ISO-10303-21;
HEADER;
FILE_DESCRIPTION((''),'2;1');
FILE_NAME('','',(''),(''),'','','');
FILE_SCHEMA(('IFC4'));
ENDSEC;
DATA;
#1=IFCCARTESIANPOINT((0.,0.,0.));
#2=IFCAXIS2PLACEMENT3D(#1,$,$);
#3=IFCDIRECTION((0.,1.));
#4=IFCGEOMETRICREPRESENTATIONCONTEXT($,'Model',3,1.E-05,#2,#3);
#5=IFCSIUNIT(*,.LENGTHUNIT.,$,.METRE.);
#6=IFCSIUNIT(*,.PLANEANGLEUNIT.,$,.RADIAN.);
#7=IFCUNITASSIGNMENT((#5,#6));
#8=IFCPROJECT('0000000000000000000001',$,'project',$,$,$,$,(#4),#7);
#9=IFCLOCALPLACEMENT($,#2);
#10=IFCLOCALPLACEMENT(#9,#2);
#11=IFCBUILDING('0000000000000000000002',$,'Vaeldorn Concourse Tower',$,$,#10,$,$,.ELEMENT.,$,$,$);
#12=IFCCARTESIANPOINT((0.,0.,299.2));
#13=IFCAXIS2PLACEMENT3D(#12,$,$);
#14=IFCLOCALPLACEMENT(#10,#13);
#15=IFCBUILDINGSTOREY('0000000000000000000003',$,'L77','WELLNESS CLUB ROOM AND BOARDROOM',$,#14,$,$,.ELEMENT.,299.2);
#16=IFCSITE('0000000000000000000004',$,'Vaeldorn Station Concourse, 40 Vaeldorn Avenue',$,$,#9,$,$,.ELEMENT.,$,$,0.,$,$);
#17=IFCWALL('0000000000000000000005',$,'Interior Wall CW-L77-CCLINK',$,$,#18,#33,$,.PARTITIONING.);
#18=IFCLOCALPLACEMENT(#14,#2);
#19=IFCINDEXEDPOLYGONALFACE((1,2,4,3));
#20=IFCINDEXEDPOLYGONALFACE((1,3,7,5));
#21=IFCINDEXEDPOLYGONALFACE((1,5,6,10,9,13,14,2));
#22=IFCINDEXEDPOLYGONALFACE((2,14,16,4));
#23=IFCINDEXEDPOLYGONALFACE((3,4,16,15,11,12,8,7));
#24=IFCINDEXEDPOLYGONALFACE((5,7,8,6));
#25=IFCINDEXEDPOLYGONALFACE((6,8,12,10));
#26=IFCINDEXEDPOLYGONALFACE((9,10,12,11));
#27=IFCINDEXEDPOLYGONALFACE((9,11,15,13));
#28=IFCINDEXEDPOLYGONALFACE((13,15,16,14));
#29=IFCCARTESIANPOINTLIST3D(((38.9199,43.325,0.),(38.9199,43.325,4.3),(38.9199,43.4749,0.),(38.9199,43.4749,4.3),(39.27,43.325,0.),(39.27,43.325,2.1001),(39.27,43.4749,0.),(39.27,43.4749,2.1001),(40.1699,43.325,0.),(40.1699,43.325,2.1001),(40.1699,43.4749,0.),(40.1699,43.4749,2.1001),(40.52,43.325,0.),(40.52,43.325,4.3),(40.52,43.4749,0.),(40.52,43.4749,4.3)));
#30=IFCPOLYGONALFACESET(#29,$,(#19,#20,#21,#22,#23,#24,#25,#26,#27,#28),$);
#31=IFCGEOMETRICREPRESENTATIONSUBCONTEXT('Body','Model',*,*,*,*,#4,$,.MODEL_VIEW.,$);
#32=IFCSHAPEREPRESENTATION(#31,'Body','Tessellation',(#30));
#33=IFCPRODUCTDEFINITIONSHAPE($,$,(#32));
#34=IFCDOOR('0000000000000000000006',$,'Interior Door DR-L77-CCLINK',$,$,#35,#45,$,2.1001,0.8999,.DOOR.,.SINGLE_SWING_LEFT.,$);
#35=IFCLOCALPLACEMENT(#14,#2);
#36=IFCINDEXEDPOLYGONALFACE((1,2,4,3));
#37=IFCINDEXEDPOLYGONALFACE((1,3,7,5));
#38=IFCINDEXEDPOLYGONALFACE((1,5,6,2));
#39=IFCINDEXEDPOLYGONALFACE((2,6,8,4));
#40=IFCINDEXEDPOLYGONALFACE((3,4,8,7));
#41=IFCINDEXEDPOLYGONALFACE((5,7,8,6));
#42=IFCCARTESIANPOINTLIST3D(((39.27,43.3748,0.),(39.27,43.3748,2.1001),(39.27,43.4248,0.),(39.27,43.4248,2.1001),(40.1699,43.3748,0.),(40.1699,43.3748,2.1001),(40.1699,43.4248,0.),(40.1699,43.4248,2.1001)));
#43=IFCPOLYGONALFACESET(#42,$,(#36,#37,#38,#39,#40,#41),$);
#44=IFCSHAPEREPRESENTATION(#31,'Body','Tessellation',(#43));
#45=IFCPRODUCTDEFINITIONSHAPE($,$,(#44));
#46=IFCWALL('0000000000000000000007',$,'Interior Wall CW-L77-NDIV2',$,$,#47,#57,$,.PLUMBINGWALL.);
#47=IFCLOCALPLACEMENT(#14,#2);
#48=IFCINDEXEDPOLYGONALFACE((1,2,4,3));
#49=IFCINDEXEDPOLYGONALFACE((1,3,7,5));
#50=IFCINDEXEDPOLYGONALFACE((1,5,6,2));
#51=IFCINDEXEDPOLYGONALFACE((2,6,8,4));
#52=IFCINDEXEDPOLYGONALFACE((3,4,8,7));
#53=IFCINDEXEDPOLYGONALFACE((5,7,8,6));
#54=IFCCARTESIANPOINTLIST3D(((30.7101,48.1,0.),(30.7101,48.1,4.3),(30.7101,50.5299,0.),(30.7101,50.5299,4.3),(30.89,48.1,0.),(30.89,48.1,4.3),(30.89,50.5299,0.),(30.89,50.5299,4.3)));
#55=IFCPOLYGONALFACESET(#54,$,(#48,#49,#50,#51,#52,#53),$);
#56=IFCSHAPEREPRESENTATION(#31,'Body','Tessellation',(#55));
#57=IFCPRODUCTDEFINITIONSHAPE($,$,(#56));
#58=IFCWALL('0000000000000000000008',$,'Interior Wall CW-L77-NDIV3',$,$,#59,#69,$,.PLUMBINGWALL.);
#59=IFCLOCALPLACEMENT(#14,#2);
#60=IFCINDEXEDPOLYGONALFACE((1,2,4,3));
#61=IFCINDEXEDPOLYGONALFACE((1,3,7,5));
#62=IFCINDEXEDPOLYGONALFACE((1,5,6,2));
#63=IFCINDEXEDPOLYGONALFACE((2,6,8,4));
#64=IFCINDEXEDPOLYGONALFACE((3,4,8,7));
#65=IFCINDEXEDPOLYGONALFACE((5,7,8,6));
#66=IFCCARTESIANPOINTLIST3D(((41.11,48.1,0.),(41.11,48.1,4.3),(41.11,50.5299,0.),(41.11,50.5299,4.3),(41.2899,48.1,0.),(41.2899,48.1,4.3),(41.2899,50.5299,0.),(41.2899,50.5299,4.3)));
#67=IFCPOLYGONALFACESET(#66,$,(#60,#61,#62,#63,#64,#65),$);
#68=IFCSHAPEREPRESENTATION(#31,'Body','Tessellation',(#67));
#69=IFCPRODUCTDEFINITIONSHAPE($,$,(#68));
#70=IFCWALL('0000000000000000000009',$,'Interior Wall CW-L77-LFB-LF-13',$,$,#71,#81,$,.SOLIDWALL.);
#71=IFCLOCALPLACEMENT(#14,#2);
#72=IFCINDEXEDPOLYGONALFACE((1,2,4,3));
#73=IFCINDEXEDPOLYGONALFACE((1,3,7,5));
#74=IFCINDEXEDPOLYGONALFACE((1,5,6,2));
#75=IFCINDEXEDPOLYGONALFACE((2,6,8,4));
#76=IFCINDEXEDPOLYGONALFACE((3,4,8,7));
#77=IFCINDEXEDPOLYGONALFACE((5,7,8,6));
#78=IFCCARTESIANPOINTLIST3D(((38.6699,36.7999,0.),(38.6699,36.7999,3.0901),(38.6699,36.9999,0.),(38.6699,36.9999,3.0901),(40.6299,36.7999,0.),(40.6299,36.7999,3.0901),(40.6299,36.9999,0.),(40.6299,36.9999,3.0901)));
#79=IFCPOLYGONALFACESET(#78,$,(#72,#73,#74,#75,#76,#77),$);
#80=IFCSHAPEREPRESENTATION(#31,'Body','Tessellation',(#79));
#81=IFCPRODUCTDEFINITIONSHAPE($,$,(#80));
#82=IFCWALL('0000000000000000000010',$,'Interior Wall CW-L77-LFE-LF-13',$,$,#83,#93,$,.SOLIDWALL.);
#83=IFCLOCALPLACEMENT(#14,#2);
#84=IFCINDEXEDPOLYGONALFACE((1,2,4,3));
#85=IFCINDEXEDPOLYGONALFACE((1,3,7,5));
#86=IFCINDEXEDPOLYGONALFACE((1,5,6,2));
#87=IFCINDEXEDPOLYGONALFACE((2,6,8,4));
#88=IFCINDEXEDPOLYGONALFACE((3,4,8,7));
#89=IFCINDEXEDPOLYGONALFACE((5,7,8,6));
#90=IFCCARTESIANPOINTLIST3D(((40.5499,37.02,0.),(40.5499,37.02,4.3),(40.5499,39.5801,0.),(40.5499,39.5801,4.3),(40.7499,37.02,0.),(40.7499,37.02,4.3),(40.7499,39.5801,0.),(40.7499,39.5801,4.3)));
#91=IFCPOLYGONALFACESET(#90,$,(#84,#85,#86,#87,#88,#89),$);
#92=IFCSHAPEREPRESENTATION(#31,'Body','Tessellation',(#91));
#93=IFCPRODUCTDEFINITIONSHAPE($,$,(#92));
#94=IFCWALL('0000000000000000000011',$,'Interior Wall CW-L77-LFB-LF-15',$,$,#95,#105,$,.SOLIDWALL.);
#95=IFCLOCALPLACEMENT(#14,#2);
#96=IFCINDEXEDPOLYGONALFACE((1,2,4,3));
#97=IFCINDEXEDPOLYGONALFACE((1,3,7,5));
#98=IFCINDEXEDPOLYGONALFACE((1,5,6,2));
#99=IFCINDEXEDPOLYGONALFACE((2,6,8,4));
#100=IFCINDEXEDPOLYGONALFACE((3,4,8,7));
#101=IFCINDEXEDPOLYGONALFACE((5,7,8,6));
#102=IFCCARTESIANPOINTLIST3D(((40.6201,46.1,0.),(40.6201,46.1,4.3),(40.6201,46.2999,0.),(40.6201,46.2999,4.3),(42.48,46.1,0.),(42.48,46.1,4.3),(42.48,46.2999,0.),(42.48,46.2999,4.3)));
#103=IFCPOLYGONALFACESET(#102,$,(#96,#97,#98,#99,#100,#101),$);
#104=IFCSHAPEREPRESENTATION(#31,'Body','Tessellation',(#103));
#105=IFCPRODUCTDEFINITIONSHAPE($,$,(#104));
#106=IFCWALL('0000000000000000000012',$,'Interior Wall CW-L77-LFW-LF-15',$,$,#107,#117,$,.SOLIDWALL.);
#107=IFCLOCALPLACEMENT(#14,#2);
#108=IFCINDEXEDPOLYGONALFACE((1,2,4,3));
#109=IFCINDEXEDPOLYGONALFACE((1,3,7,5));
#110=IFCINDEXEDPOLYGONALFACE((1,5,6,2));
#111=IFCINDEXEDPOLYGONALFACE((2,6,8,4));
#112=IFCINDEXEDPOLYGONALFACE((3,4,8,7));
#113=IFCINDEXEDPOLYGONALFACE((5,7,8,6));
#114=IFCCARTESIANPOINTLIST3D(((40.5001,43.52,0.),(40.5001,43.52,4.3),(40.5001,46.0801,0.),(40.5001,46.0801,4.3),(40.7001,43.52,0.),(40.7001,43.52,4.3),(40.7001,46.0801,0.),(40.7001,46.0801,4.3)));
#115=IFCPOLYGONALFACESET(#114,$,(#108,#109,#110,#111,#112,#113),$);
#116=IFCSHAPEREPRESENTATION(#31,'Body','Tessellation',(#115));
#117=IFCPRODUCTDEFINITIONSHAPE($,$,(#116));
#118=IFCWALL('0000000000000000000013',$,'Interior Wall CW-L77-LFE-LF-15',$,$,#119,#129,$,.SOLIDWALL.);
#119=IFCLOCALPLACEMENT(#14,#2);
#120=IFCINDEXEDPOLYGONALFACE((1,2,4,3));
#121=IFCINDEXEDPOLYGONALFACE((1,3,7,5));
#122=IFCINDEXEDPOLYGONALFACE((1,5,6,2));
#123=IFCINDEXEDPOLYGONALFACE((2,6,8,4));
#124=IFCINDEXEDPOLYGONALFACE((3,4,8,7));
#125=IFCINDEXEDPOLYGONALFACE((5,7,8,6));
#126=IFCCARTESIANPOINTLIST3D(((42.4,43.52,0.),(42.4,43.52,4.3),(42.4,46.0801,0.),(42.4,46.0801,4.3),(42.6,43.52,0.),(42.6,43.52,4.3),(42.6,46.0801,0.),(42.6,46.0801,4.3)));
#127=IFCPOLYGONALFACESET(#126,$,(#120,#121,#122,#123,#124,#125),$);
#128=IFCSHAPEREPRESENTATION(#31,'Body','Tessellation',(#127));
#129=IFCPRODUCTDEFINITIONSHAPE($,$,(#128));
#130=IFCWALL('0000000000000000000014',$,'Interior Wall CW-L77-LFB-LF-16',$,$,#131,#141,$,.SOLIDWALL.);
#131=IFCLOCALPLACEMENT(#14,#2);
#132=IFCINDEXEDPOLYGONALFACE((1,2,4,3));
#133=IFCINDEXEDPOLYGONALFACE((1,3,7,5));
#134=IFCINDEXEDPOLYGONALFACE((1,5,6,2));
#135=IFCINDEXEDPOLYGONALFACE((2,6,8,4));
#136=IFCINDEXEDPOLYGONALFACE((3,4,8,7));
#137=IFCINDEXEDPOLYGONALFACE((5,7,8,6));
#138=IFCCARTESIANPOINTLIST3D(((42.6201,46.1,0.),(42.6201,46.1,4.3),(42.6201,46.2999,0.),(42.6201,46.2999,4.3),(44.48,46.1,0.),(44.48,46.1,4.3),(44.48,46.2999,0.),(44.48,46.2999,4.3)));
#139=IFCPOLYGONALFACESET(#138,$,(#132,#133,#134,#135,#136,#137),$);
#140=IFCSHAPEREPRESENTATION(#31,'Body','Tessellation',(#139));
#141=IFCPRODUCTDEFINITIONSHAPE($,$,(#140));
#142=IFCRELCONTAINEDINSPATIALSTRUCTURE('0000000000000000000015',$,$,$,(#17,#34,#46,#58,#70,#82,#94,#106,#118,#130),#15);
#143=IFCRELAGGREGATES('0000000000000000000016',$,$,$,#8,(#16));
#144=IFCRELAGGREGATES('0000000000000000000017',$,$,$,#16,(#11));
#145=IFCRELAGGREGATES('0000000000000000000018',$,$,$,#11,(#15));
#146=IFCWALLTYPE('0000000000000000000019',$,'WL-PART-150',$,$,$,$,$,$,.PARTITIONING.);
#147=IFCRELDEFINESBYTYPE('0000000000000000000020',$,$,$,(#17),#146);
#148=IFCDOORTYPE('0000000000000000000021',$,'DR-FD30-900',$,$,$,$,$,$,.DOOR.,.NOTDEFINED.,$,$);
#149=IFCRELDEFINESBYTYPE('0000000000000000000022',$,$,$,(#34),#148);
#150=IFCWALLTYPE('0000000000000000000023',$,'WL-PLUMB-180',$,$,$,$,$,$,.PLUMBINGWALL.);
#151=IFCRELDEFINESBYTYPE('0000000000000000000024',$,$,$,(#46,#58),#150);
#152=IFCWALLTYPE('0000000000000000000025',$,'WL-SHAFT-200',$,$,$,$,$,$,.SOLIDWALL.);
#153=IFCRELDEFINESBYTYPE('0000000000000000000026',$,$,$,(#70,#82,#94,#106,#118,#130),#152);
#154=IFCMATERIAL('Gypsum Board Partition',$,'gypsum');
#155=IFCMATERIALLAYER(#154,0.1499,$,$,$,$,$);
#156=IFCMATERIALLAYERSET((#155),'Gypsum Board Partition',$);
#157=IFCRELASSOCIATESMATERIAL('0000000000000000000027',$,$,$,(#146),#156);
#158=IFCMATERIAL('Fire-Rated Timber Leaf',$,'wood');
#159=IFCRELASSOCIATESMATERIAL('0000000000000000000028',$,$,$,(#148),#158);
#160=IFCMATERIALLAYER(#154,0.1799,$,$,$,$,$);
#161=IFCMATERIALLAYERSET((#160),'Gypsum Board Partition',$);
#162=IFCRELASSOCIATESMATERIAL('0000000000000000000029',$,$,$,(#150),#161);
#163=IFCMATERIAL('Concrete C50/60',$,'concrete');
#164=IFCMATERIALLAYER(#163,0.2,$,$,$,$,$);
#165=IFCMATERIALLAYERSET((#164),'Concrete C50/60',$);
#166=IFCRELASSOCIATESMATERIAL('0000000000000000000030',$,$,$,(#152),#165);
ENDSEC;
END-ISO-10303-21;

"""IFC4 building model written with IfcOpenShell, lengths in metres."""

from ifc_helpers import new_model, si_unit, direction, frame, frame_2d, origin, place, context, subcontext, project, spatial, rectangle, extrude, source, transform, mapped, material, layer, layer_set, type_object, element, fill, save


model = new_model("IFC4")

# Units and contexts
model_context = context("Model", 3, precision=1e-05, world=origin(), true_north=direction((0.0, 1.0)))
body_context = subcontext(model_context, "Body", "Model", "MODEL_VIEW")
ifc_project = project(units=[si_unit("LENGTHUNIT", "METRE"), si_unit("PLANEANGLEUNIT", "RADIAN")], contexts=[model_context])

# Site, building, storey
site_placement = place(None, origin())
site = spatial("IfcSite", under=ifc_project, at=site_placement, Name="Vaeldorn Station Concourse, 40 Vaeldorn Avenue", CompositionType="ELEMENT", RefElevation=0.0)
building_placement = place(site_placement, origin())
building = spatial("IfcBuilding", under=site, at=building_placement, Name="Vaeldorn Concourse Tower", CompositionType="ELEMENT")
storey_placement = place(building_placement, frame((0.0, 0.0, 299.2)))
storey = spatial("IfcBuildingStorey", under=building, at=storey_placement, Name="L77", Description="WELLNESS CLUB ROOM AND BOARDROOM", CompositionType="ELEMENT", Elevation=299.2)

# Shared definitions
ifc_material_1 = material(Name="Concrete C50/60", Category="concrete")
ifc_material_2 = material(Name="Gypsum Board Partition", Category="gypsum")
ifc_layer_1 = layer(ifc_material_2, 0.1499)
ifc_layer_set_1 = layer_set([ifc_layer_1], Name="Gypsum Board Partition")
wall_type_1 = type_object("IfcWallType", Name="WL-PART-150", PredefinedType="PARTITIONING", material=ifc_layer_set_1)

# Wall, opening, door
ifc_material_3 = material(Name="Fire-Rated Timber Leaf", Category="wood")
door_type_1 = type_object("IfcDoorType", Name="DR-FD30-900", OperationType="NOTDEFINED", PredefinedType="DOOR", material=ifc_material_3)
shared_shape_1 = source(origin(), body_context, "Body", "SweptSolid", [
    extrude(rectangle(XDim=0.8999, YDim=2.1001, at=frame_2d((0.45, 1.05))), frame((0.0, 0.0249, 0.0), z_axis=(0.0, -1.0, 0.0), x_axis=(1.0, 0.0, 0.0)), (0.0, 0.0, 1.0), 0.05),
])
wall_1_placement = place(storey_placement, frame((38.9199, 43.3999, 0.0), z_axis=(0.0, 0.0, 1.0), x_axis=(1.0, 0.0, 0.0)))
wall_1 = element("IfcWall", 1, at=wall_1_placement, inside=storey, type_object=wall_type_1, Name="Interior Wall CW-L77-CCLINK", PredefinedType="PARTITIONING", context=body_context, shape_type="SweptSolid", body=[
    extrude(rectangle(XDim=1.6001, YDim=0.1499, at=frame_2d((0.8, 0.0))), origin(), (0.0, 0.0, 1.0), 4.3),
])
opening_1_placement = place(wall_1_placement, frame((0.3501, 0.0, 0.0)))
opening_1 = element("IfcOpeningElement", 2, at=opening_1_placement, cuts=wall_1, PredefinedType="OPENING", context=body_context, shape_type="SweptSolid", body=[
    extrude(rectangle(XDim=0.8999, YDim=2.1001, at=frame_2d((0.45, 1.05))), frame((0.0, 0.085, 0.0), z_axis=(0.0, -1.0, 0.0), x_axis=(1.0, 0.0, 0.0)), (0.0, 0.0, 1.0), 0.1699),
])
door_1_placement = place(opening_1_placement, origin())
door_1 = element("IfcDoor", 3, at=door_1_placement, inside=storey, type_object=door_type_1, Name="Interior Door DR-L77-CCLINK", OperationType="SINGLE_SWING_LEFT", OverallHeight=2.1001, OverallWidth=0.8999, PredefinedType="DOOR", context=body_context, shape_type="MappedRepresentation", body=[
    mapped(shared_shape_1, transform((0.0, 0.0, 0.0), scale=1.0)),
])
fill(opening_1, door_1)

# Walls
ifc_layer_2 = layer(ifc_material_2, 0.1799)
ifc_layer_set_2 = layer_set([ifc_layer_2], Name="Gypsum Board Partition")
wall_type_2 = type_object("IfcWallType", Name="WL-PLUMB-180", PredefinedType="PLUMBINGWALL", material=ifc_layer_set_2)
for number, where, z_axis, x_axis, name in (
    (4, (30.8, 48.1001, 0.0), (0.0, 0.0, 1.0), (0.0, 1.0, 0.0), "Interior Wall CW-L77-NDIV2"),
    (5, (41.2, 48.1001, 0.0), (0.0, 0.0, 1.0), (0.0, 1.0, 0.0), "Interior Wall CW-L77-NDIV3"),
):
    element("IfcWall", number, at=place(storey_placement, frame(where, z_axis=z_axis, x_axis=x_axis)), inside=storey, type_object=wall_type_2, Name=name, PredefinedType="PLUMBINGWALL", context=body_context, shape_type="SweptSolid", body=[
        extrude(rectangle(XDim=2.4299, YDim=0.1799, at=frame_2d((1.2148, 0.0))), origin(), (0.0, 0.0, 1.0), 4.3),
    ])

# Shared definitions
ifc_layer_3 = layer(ifc_material_1, 0.2)
ifc_layer_set_3 = layer_set([ifc_layer_3], Name="Concrete C50/60")
wall_type_3 = type_object("IfcWallType", Name="WL-SHAFT-200", PredefinedType="SOLIDWALL", material=ifc_layer_set_3)

# Walls
wall_2_placement = place(storey_placement, frame((38.6699, 36.8999, 0.0), z_axis=(0.0, 0.0, 1.0), x_axis=(1.0, 0.0, 0.0)))
element("IfcWall", 6, at=wall_2_placement, inside=storey, type_object=wall_type_3, Name="Interior Wall CW-L77-LFB-LF-13", PredefinedType="SOLIDWALL", context=body_context, shape_type="SweptSolid", body=[
    extrude(rectangle(XDim=1.96, YDim=0.2, at=frame_2d((0.98, 0.0))), origin(), (0.0, 0.0, 1.0), 3.0901),
])
wall_3_placement = place(storey_placement, frame((40.6499, 37.02, 0.0), z_axis=(0.0, 0.0, 1.0), x_axis=(0.0, 1.0, 0.0)))
element("IfcWall", 7, at=wall_3_placement, inside=storey, type_object=wall_type_3, Name="Interior Wall CW-L77-LFE-LF-13", PredefinedType="SOLIDWALL", context=body_context, shape_type="SweptSolid", body=[
    extrude(rectangle(XDim=2.5601, YDim=0.2, at=frame_2d((1.28, 0.0))), origin(), (0.0, 0.0, 1.0), 4.3),
])

# Walls
wall_4_placement = place(storey_placement, frame((40.6201, 46.2, 0.0), z_axis=(0.0, 0.0, 1.0), x_axis=(1.0, 0.0, 0.0)))
element("IfcWall", 8, at=wall_4_placement, inside=storey, type_object=wall_type_3, Name="Interior Wall CW-L77-LFB-LF-15", PredefinedType="SOLIDWALL", context=body_context, shape_type="SweptSolid", body=[
    extrude(rectangle(XDim=1.8599, YDim=0.2, at=frame_2d((0.9299, 0.0))), origin(), (0.0, 0.0, 1.0), 4.3),
])
for number, where, z_axis, x_axis, name in (
    (9, (40.6001, 43.52, 0.0), (0.0, 0.0, 1.0), (0.0, 1.0, 0.0), "Interior Wall CW-L77-LFW-LF-15"),
    (10, (42.5, 43.52, 0.0), (0.0, 0.0, 1.0), (0.0, 1.0, 0.0), "Interior Wall CW-L77-LFE-LF-15"),
):
    element("IfcWall", number, at=place(storey_placement, frame(where, z_axis=z_axis, x_axis=x_axis)), inside=storey, type_object=wall_type_3, Name=name, PredefinedType="SOLIDWALL", context=body_context, shape_type="SweptSolid", body=[
        extrude(rectangle(XDim=2.5601, YDim=0.2, at=frame_2d((1.28, 0.0))), origin(), (0.0, 0.0, 1.0), 4.3),
    ])

# Wall
wall_5_placement = place(storey_placement, frame((42.6201, 46.2, 0.0), z_axis=(0.0, 0.0, 1.0), x_axis=(1.0, 0.0, 0.0)))
element("IfcWall", 11, at=wall_5_placement, inside=storey, type_object=wall_type_3, Name="Interior Wall CW-L77-LFB-LF-16", PredefinedType="SOLIDWALL", context=body_context, shape_type="SweptSolid", body=[
    extrude(rectangle(XDim=1.8599, YDim=0.2, at=frame_2d((0.9299, 0.0))), origin(), (0.0, 0.0, 1.0), 4.3),
])

save(model, "model.ifc")
